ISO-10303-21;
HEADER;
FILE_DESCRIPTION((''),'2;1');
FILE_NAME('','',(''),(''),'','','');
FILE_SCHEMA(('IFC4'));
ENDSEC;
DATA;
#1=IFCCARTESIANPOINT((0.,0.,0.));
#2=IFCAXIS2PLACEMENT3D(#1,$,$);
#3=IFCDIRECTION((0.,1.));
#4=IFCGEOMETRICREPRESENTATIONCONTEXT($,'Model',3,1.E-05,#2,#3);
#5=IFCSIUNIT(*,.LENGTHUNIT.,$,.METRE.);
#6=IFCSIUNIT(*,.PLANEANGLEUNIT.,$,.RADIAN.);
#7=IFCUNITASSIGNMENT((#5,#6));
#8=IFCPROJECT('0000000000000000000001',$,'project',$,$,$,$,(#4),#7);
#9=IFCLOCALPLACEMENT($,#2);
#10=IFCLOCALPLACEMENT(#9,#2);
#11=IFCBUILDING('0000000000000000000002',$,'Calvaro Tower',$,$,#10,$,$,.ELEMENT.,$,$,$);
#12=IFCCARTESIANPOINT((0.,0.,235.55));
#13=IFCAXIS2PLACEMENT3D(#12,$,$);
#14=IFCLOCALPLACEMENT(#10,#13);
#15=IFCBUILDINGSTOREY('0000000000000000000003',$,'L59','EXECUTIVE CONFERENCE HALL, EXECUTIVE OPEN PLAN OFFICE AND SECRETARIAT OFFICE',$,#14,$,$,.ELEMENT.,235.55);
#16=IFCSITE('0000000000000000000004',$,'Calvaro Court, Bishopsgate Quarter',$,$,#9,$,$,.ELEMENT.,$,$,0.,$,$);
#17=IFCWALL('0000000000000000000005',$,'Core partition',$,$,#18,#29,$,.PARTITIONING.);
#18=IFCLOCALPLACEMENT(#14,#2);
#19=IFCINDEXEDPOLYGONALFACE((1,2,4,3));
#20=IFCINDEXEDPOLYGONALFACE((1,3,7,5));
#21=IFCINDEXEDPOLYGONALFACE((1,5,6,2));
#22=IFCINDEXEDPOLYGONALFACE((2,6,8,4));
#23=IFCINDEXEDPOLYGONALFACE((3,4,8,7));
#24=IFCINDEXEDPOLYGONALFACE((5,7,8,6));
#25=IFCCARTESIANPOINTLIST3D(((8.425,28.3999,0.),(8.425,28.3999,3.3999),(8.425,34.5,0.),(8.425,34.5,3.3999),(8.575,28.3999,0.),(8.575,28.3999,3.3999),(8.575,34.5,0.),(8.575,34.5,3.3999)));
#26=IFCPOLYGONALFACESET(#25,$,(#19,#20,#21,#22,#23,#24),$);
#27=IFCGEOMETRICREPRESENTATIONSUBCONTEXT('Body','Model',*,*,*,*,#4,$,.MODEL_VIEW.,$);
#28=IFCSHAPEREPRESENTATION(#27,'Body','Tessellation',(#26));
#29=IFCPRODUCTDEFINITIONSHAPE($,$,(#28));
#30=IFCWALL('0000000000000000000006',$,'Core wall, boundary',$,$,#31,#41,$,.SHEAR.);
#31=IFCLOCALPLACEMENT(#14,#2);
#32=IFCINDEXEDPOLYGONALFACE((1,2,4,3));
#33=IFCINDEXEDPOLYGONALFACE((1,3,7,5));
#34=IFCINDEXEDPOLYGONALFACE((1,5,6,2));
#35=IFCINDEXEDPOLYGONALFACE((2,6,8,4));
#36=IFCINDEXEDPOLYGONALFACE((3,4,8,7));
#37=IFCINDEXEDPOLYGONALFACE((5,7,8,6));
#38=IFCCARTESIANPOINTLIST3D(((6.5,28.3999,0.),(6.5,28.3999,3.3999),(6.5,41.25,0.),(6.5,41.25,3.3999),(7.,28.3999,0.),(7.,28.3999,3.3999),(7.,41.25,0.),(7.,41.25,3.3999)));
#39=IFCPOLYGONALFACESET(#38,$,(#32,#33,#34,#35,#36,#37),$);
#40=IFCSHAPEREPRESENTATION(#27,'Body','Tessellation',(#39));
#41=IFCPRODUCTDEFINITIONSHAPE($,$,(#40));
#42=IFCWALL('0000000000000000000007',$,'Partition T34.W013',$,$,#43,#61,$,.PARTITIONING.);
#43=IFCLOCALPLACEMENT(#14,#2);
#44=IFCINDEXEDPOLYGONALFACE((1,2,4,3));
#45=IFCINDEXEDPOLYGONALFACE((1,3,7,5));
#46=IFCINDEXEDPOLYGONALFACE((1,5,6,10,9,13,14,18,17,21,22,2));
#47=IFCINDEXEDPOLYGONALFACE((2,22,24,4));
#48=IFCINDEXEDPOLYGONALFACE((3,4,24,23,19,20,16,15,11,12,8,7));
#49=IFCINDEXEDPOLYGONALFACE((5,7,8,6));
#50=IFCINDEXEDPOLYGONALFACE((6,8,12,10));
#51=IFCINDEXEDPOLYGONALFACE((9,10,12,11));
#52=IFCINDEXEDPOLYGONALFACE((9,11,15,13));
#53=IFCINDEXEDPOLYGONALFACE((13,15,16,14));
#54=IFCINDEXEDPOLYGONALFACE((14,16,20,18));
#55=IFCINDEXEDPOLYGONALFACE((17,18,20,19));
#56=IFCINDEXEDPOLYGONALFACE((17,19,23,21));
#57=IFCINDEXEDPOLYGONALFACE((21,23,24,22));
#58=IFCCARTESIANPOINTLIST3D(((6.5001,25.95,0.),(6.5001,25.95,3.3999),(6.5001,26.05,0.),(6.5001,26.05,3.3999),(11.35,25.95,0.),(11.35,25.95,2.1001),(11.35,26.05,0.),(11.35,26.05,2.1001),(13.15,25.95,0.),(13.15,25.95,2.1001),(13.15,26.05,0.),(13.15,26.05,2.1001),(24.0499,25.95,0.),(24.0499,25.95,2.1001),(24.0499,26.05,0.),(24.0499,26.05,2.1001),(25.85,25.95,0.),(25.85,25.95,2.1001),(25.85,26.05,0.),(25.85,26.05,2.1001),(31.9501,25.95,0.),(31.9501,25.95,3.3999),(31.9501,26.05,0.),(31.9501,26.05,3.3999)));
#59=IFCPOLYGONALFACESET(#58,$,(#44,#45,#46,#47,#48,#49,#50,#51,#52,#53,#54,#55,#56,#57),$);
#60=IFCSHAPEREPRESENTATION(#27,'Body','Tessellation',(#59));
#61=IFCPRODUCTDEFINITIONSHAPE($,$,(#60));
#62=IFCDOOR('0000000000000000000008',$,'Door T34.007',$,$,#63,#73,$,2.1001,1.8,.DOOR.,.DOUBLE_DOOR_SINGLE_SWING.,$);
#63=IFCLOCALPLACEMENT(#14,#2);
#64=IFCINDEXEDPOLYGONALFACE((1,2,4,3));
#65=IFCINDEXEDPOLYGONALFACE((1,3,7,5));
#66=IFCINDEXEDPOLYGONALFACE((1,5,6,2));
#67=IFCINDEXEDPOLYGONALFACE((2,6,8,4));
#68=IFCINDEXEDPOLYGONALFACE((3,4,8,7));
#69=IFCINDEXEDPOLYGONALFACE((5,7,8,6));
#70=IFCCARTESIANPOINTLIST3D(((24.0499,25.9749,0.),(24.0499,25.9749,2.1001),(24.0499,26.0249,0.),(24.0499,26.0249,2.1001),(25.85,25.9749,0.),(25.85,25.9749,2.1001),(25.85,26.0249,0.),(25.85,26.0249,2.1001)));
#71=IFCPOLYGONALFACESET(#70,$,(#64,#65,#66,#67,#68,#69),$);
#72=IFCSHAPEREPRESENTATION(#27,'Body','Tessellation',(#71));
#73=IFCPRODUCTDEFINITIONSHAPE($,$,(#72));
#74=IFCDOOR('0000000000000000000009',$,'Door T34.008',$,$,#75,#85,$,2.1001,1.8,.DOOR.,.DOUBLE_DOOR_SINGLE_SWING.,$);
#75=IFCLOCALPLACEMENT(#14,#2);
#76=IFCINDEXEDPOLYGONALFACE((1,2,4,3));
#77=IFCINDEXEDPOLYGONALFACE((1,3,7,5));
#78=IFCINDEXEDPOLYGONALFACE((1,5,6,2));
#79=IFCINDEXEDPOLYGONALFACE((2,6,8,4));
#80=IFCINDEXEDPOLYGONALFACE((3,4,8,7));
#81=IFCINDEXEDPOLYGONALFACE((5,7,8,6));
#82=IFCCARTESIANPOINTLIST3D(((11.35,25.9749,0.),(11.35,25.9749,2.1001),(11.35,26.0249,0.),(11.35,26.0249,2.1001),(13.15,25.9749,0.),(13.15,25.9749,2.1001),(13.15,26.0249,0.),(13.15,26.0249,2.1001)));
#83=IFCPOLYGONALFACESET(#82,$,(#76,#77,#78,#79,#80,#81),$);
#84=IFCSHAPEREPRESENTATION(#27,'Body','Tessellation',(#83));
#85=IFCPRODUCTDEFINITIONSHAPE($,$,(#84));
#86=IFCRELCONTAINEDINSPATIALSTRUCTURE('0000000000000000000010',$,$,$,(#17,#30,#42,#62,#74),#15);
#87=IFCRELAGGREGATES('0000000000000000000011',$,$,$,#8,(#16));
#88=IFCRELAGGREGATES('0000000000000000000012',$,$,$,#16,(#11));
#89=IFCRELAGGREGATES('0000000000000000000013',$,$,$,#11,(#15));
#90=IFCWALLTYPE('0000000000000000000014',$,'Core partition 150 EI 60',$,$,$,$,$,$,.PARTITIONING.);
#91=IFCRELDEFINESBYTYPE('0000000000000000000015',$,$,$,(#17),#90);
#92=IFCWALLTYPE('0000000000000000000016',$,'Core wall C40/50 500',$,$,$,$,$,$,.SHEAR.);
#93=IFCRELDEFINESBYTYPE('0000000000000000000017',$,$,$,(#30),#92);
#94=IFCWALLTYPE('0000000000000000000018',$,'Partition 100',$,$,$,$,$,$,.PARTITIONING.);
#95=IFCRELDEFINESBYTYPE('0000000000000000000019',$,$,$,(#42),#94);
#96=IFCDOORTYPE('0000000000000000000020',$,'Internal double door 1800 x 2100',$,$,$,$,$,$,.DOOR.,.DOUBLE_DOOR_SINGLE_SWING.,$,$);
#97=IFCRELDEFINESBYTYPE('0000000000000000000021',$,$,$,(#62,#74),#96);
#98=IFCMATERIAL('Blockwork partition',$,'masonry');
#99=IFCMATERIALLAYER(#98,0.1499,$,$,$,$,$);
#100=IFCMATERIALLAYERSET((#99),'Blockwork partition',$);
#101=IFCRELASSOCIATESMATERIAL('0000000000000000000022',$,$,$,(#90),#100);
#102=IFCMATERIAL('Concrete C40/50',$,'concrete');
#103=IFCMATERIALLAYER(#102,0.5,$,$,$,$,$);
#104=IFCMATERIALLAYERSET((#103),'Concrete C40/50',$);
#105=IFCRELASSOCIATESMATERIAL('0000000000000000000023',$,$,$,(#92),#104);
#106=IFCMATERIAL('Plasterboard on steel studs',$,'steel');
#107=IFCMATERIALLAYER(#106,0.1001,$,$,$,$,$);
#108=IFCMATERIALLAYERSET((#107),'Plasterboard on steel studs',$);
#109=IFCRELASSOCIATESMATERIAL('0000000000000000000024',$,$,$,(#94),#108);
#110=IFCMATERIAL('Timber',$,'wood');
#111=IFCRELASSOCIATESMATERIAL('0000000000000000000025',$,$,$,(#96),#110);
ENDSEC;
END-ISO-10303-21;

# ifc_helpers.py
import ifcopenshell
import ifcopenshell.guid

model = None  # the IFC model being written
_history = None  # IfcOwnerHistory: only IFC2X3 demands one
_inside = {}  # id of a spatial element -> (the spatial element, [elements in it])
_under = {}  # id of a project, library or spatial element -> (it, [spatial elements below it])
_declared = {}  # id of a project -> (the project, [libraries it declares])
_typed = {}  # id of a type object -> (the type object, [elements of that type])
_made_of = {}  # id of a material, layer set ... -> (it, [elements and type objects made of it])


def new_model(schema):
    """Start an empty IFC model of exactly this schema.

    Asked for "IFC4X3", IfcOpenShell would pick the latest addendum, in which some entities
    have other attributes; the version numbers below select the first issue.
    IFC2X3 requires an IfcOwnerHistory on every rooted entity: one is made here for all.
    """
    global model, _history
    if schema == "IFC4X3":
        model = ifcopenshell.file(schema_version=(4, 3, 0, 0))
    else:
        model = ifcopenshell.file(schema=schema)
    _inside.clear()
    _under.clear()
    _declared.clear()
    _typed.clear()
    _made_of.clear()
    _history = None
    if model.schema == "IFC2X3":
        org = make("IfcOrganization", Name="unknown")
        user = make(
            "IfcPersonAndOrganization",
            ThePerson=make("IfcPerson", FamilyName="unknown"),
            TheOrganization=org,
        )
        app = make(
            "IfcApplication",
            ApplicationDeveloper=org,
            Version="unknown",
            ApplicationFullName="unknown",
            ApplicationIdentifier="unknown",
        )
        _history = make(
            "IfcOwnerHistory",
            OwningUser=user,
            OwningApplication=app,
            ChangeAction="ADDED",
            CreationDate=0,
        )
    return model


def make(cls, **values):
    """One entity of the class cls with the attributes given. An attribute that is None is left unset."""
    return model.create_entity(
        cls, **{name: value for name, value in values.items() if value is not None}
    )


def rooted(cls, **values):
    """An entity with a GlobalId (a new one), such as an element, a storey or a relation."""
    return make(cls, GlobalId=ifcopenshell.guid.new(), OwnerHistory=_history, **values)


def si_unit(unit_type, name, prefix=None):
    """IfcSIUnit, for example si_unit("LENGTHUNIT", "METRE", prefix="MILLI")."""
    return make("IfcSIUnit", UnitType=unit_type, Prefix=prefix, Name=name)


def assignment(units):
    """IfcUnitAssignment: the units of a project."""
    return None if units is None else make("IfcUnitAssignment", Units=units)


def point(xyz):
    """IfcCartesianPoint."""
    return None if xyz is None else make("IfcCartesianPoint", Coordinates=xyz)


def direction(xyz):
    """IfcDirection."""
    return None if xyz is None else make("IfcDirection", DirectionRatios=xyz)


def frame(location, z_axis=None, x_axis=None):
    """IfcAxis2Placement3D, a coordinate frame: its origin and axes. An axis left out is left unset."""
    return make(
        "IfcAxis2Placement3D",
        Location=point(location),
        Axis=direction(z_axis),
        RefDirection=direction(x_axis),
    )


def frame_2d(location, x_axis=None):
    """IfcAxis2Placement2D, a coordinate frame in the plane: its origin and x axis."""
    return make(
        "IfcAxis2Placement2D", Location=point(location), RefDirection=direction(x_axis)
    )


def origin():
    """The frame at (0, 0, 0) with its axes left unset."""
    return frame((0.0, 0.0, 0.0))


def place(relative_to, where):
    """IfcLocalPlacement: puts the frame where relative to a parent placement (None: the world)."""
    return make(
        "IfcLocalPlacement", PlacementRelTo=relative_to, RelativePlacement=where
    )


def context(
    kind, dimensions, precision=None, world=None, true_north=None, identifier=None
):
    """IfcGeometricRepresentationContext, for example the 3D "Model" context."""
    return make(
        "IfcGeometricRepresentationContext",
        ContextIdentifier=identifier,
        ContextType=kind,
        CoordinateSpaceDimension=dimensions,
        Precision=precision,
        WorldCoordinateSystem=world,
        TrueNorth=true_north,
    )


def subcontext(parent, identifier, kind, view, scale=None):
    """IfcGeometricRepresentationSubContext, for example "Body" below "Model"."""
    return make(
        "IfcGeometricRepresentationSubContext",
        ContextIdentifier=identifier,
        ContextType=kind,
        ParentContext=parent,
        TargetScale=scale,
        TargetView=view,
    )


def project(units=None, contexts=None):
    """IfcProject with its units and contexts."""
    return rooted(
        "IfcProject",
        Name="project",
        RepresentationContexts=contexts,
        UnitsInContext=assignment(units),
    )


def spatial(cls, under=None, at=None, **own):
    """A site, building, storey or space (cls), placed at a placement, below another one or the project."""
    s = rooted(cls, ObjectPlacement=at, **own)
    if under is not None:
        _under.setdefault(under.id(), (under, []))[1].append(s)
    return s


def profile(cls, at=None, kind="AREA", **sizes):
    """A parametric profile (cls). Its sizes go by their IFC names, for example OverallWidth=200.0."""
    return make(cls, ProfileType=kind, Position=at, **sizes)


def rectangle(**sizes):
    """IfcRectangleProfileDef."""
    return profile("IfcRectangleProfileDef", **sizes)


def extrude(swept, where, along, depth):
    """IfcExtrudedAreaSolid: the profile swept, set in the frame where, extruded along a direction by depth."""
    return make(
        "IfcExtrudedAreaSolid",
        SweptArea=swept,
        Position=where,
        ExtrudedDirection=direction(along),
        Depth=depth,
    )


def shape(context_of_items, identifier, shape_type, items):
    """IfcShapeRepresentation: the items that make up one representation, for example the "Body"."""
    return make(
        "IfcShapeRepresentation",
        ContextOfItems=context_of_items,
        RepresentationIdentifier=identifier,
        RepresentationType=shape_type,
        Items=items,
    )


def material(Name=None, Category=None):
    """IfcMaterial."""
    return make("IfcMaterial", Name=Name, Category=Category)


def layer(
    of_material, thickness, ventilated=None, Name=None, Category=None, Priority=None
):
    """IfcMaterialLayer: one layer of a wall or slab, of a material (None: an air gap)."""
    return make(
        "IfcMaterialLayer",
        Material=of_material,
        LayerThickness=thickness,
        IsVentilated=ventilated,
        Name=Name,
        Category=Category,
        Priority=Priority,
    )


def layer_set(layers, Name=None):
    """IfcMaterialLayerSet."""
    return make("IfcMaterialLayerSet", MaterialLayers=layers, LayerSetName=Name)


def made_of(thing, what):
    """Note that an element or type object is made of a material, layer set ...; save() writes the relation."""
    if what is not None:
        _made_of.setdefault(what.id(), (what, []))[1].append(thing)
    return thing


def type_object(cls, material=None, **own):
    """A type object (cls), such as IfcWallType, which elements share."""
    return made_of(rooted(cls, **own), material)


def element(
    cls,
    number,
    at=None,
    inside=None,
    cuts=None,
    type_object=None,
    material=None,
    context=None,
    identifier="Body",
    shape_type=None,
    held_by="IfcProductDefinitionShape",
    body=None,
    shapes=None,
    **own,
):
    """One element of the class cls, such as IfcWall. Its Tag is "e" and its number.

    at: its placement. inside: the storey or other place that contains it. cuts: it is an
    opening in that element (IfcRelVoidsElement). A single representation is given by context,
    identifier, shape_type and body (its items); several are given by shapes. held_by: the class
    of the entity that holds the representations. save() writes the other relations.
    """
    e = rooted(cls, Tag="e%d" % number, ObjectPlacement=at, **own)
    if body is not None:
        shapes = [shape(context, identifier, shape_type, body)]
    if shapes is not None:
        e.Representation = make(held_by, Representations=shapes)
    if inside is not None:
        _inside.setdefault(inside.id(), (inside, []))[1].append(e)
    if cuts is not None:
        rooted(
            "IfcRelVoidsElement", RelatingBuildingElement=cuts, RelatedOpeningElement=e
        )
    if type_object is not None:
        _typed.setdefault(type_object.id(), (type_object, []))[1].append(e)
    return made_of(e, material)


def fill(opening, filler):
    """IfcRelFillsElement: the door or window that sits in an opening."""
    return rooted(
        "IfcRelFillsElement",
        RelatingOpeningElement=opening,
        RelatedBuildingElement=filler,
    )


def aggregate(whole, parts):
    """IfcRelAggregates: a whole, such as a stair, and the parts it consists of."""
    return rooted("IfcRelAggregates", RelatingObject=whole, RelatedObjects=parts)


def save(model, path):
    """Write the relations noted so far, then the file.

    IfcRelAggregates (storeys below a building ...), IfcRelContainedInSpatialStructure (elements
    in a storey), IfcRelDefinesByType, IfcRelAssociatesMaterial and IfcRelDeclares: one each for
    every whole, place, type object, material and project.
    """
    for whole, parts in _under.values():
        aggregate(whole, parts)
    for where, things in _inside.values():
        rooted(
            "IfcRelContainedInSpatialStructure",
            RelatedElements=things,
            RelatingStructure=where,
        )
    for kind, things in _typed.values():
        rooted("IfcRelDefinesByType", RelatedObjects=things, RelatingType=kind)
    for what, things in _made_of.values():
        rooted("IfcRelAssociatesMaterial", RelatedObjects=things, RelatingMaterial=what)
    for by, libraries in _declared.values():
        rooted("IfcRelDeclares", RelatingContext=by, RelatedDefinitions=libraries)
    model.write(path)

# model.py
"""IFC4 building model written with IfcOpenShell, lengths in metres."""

from ifc_helpers import new_model, si_unit, direction, frame, frame_2d, origin, place, context, subcontext, project, spatial, rectangle, extrude, material, layer, layer_set, type_object, element, fill, save


model = new_model("IFC4")

# Units and contexts
model_context = context("Model", 3, precision=1e-05, world=origin(), true_north=direction((0.0, 1.0)))
body_context = subcontext(model_context, "Body", "Model", "MODEL_VIEW")
ifc_project = project(units=[si_unit("LENGTHUNIT", "METRE"), si_unit("PLANEANGLEUNIT", "RADIAN")], contexts=[model_context])

# Site, building, storey
site_placement = place(None, origin())
site = spatial("IfcSite", under=ifc_project, at=site_placement, Name="Calvaro Court, Bishopsgate Quarter", CompositionType="ELEMENT", RefElevation=0.0)
building_placement = place(site_placement, origin())
building = spatial("IfcBuilding", under=site, at=building_placement, Name="Calvaro Tower", CompositionType="ELEMENT")
storey_placement = place(building_placement, frame((0.0, 0.0, 235.55)))
storey = spatial("IfcBuildingStorey", under=building, at=storey_placement, Name="L59", Description="EXECUTIVE CONFERENCE HALL, EXECUTIVE OPEN PLAN OFFICE AND SECRETARIAT OFFICE", CompositionType="ELEMENT", Elevation=235.55)

# Wall
ifc_material_1 = material(Name="Blockwork partition", Category="masonry")
ifc_layer_1 = layer(ifc_material_1, 0.1499)
ifc_layer_set_1 = layer_set([ifc_layer_1], Name="Blockwork partition")
wall_type_1 = type_object("IfcWallType", Name="Core partition 150 EI 60", PredefinedType="PARTITIONING", material=ifc_layer_set_1)
wall_1_placement = place(storey_placement, frame((8.5, 28.3999, 0.0), z_axis=(0.0, 0.0, 1.0), x_axis=(0.0, 1.0, 0.0)))
element("IfcWall", 1, at=wall_1_placement, inside=storey, type_object=wall_type_1, Name="Core partition", PredefinedType="PARTITIONING", context=body_context, shape_type="SweptSolid", body=[
    extrude(rectangle(XDim=6.1001, YDim=0.1499, at=frame_2d((3.05, 0.0))), origin(), (0.0, 0.0, 1.0), 3.3999),
])

# Wall
ifc_material_2 = material(Name="Concrete C40/50", Category="concrete")
ifc_layer_2 = layer(ifc_material_2, 0.5)
ifc_layer_set_2 = layer_set([ifc_layer_2], Name="Concrete C40/50")
wall_type_2 = type_object("IfcWallType", Name="Core wall C40/50 500", PredefinedType="SHEAR", material=ifc_layer_set_2)
wall_2_placement = place(storey_placement, frame((6.75, 28.3999, 0.0), z_axis=(0.0, 0.0, 1.0), x_axis=(0.0, 1.0, 0.0)))
element("IfcWall", 2, at=wall_2_placement, inside=storey, type_object=wall_type_2, Name="Core wall, boundary", PredefinedType="SHEAR", context=body_context, shape_type="SweptSolid", body=[
    extrude(rectangle(XDim=12.8501, YDim=0.5, at=frame_2d((6.425, 0.0))), origin(), (0.0, 0.0, 1.0), 3.3999),
])

# Wall, openings, doors
ifc_material_3 = material(Name="Plasterboard on steel studs", Category="steel")
ifc_layer_3 = layer(ifc_material_3, 0.1001)
ifc_layer_set_3 = layer_set([ifc_layer_3], Name="Plasterboard on steel studs")
wall_type_3 = type_object("IfcWallType", Name="Partition 100", PredefinedType="PARTITIONING", material=ifc_layer_set_3)
wall_3_placement = place(storey_placement, frame((6.5, 26.0, 0.0), z_axis=(0.0, 0.0, 1.0), x_axis=(1.0, 0.0, 0.0)))
wall_3 = element("IfcWall", 3, at=wall_3_placement, inside=storey, type_object=wall_type_3, Name="Partition T34.W013", PredefinedType="PARTITIONING", context=body_context, shape_type="SweptSolid", body=[
    extrude(rectangle(XDim=25.45, YDim=0.1001, at=frame_2d((12.7251, 0.0))), origin(), (0.0, 0.0, 1.0), 3.3999),
])
opening_1_placement = place(wall_3_placement, frame((17.55, 0.0, 0.0)))
opening_1 = element("IfcOpeningElement", 4, at=opening_1_placement, cuts=wall_3, PredefinedType="OPENING", context=body_context, shape_type="SweptSolid", body=[
    extrude(rectangle(XDim=1.8, YDim=2.1001, at=frame_2d((0.8999, 1.05))), frame((0.0, 0.0601, 0.0), z_axis=(0.0, -1.0, 0.0), x_axis=(1.0, 0.0, 0.0)), (0.0, 0.0, 1.0), 0.1201),
])
opening_2_placement = place(wall_3_placement, frame((4.8501, 0.0, 0.0)))
opening_2 = element("IfcOpeningElement", 5, at=opening_2_placement, cuts=wall_3, PredefinedType="OPENING", context=body_context, shape_type="SweptSolid", body=[
    extrude(rectangle(XDim=1.8, YDim=2.1001, at=frame_2d((0.8999, 1.05))), frame((0.0, 0.0601, 0.0), z_axis=(0.0, -1.0, 0.0), x_axis=(1.0, 0.0, 0.0)), (0.0, 0.0, 1.0), 0.1201),
])
ifc_material_4 = material(Name="Timber", Category="wood")
door_type_1 = type_object("IfcDoorType", Name="Internal double door 1800 x 2100", OperationType="DOUBLE_DOOR_SINGLE_SWING", PredefinedType="DOOR", material=ifc_material_4)
door_1_placement = place(opening_1_placement, origin())
door_1 = element("IfcDoor", 6, at=door_1_placement, inside=storey, type_object=door_type_1, Name="Door T34.007", OperationType="DOUBLE_DOOR_SINGLE_SWING", OverallHeight=2.1001, OverallWidth=1.8, PredefinedType="DOOR", context=body_context, shape_type="SweptSolid", body=[
    extrude(rectangle(XDim=1.8, YDim=2.1001, at=frame_2d((0.8999, 1.05))), frame((0.0, 0.0249, 0.0), z_axis=(0.0, -1.0, 0.0), x_axis=(1.0, 0.0, 0.0)), (0.0, 0.0, 1.0), 0.05),
])
fill(opening_1, door_1)
door_2_placement = place(opening_2_placement, origin())
door_2 = element("IfcDoor", 7, at=door_2_placement, inside=storey, type_object=door_type_1, Name="Door T34.008", OperationType="DOUBLE_DOOR_SINGLE_SWING", OverallHeight=2.1001, OverallWidth=1.8, PredefinedType="DOOR", context=body_context, shape_type="SweptSolid", body=[
    extrude(rectangle(XDim=1.8, YDim=2.1001, at=frame_2d((0.8999, 1.05))), frame((0.0, 0.0249, 0.0), z_axis=(0.0, -1.0, 0.0), x_axis=(1.0, 0.0, 0.0)), (0.0, 0.0, 1.0), 0.05),
])
fill(opening_2, door_2)

save(model, "model.ifc")
